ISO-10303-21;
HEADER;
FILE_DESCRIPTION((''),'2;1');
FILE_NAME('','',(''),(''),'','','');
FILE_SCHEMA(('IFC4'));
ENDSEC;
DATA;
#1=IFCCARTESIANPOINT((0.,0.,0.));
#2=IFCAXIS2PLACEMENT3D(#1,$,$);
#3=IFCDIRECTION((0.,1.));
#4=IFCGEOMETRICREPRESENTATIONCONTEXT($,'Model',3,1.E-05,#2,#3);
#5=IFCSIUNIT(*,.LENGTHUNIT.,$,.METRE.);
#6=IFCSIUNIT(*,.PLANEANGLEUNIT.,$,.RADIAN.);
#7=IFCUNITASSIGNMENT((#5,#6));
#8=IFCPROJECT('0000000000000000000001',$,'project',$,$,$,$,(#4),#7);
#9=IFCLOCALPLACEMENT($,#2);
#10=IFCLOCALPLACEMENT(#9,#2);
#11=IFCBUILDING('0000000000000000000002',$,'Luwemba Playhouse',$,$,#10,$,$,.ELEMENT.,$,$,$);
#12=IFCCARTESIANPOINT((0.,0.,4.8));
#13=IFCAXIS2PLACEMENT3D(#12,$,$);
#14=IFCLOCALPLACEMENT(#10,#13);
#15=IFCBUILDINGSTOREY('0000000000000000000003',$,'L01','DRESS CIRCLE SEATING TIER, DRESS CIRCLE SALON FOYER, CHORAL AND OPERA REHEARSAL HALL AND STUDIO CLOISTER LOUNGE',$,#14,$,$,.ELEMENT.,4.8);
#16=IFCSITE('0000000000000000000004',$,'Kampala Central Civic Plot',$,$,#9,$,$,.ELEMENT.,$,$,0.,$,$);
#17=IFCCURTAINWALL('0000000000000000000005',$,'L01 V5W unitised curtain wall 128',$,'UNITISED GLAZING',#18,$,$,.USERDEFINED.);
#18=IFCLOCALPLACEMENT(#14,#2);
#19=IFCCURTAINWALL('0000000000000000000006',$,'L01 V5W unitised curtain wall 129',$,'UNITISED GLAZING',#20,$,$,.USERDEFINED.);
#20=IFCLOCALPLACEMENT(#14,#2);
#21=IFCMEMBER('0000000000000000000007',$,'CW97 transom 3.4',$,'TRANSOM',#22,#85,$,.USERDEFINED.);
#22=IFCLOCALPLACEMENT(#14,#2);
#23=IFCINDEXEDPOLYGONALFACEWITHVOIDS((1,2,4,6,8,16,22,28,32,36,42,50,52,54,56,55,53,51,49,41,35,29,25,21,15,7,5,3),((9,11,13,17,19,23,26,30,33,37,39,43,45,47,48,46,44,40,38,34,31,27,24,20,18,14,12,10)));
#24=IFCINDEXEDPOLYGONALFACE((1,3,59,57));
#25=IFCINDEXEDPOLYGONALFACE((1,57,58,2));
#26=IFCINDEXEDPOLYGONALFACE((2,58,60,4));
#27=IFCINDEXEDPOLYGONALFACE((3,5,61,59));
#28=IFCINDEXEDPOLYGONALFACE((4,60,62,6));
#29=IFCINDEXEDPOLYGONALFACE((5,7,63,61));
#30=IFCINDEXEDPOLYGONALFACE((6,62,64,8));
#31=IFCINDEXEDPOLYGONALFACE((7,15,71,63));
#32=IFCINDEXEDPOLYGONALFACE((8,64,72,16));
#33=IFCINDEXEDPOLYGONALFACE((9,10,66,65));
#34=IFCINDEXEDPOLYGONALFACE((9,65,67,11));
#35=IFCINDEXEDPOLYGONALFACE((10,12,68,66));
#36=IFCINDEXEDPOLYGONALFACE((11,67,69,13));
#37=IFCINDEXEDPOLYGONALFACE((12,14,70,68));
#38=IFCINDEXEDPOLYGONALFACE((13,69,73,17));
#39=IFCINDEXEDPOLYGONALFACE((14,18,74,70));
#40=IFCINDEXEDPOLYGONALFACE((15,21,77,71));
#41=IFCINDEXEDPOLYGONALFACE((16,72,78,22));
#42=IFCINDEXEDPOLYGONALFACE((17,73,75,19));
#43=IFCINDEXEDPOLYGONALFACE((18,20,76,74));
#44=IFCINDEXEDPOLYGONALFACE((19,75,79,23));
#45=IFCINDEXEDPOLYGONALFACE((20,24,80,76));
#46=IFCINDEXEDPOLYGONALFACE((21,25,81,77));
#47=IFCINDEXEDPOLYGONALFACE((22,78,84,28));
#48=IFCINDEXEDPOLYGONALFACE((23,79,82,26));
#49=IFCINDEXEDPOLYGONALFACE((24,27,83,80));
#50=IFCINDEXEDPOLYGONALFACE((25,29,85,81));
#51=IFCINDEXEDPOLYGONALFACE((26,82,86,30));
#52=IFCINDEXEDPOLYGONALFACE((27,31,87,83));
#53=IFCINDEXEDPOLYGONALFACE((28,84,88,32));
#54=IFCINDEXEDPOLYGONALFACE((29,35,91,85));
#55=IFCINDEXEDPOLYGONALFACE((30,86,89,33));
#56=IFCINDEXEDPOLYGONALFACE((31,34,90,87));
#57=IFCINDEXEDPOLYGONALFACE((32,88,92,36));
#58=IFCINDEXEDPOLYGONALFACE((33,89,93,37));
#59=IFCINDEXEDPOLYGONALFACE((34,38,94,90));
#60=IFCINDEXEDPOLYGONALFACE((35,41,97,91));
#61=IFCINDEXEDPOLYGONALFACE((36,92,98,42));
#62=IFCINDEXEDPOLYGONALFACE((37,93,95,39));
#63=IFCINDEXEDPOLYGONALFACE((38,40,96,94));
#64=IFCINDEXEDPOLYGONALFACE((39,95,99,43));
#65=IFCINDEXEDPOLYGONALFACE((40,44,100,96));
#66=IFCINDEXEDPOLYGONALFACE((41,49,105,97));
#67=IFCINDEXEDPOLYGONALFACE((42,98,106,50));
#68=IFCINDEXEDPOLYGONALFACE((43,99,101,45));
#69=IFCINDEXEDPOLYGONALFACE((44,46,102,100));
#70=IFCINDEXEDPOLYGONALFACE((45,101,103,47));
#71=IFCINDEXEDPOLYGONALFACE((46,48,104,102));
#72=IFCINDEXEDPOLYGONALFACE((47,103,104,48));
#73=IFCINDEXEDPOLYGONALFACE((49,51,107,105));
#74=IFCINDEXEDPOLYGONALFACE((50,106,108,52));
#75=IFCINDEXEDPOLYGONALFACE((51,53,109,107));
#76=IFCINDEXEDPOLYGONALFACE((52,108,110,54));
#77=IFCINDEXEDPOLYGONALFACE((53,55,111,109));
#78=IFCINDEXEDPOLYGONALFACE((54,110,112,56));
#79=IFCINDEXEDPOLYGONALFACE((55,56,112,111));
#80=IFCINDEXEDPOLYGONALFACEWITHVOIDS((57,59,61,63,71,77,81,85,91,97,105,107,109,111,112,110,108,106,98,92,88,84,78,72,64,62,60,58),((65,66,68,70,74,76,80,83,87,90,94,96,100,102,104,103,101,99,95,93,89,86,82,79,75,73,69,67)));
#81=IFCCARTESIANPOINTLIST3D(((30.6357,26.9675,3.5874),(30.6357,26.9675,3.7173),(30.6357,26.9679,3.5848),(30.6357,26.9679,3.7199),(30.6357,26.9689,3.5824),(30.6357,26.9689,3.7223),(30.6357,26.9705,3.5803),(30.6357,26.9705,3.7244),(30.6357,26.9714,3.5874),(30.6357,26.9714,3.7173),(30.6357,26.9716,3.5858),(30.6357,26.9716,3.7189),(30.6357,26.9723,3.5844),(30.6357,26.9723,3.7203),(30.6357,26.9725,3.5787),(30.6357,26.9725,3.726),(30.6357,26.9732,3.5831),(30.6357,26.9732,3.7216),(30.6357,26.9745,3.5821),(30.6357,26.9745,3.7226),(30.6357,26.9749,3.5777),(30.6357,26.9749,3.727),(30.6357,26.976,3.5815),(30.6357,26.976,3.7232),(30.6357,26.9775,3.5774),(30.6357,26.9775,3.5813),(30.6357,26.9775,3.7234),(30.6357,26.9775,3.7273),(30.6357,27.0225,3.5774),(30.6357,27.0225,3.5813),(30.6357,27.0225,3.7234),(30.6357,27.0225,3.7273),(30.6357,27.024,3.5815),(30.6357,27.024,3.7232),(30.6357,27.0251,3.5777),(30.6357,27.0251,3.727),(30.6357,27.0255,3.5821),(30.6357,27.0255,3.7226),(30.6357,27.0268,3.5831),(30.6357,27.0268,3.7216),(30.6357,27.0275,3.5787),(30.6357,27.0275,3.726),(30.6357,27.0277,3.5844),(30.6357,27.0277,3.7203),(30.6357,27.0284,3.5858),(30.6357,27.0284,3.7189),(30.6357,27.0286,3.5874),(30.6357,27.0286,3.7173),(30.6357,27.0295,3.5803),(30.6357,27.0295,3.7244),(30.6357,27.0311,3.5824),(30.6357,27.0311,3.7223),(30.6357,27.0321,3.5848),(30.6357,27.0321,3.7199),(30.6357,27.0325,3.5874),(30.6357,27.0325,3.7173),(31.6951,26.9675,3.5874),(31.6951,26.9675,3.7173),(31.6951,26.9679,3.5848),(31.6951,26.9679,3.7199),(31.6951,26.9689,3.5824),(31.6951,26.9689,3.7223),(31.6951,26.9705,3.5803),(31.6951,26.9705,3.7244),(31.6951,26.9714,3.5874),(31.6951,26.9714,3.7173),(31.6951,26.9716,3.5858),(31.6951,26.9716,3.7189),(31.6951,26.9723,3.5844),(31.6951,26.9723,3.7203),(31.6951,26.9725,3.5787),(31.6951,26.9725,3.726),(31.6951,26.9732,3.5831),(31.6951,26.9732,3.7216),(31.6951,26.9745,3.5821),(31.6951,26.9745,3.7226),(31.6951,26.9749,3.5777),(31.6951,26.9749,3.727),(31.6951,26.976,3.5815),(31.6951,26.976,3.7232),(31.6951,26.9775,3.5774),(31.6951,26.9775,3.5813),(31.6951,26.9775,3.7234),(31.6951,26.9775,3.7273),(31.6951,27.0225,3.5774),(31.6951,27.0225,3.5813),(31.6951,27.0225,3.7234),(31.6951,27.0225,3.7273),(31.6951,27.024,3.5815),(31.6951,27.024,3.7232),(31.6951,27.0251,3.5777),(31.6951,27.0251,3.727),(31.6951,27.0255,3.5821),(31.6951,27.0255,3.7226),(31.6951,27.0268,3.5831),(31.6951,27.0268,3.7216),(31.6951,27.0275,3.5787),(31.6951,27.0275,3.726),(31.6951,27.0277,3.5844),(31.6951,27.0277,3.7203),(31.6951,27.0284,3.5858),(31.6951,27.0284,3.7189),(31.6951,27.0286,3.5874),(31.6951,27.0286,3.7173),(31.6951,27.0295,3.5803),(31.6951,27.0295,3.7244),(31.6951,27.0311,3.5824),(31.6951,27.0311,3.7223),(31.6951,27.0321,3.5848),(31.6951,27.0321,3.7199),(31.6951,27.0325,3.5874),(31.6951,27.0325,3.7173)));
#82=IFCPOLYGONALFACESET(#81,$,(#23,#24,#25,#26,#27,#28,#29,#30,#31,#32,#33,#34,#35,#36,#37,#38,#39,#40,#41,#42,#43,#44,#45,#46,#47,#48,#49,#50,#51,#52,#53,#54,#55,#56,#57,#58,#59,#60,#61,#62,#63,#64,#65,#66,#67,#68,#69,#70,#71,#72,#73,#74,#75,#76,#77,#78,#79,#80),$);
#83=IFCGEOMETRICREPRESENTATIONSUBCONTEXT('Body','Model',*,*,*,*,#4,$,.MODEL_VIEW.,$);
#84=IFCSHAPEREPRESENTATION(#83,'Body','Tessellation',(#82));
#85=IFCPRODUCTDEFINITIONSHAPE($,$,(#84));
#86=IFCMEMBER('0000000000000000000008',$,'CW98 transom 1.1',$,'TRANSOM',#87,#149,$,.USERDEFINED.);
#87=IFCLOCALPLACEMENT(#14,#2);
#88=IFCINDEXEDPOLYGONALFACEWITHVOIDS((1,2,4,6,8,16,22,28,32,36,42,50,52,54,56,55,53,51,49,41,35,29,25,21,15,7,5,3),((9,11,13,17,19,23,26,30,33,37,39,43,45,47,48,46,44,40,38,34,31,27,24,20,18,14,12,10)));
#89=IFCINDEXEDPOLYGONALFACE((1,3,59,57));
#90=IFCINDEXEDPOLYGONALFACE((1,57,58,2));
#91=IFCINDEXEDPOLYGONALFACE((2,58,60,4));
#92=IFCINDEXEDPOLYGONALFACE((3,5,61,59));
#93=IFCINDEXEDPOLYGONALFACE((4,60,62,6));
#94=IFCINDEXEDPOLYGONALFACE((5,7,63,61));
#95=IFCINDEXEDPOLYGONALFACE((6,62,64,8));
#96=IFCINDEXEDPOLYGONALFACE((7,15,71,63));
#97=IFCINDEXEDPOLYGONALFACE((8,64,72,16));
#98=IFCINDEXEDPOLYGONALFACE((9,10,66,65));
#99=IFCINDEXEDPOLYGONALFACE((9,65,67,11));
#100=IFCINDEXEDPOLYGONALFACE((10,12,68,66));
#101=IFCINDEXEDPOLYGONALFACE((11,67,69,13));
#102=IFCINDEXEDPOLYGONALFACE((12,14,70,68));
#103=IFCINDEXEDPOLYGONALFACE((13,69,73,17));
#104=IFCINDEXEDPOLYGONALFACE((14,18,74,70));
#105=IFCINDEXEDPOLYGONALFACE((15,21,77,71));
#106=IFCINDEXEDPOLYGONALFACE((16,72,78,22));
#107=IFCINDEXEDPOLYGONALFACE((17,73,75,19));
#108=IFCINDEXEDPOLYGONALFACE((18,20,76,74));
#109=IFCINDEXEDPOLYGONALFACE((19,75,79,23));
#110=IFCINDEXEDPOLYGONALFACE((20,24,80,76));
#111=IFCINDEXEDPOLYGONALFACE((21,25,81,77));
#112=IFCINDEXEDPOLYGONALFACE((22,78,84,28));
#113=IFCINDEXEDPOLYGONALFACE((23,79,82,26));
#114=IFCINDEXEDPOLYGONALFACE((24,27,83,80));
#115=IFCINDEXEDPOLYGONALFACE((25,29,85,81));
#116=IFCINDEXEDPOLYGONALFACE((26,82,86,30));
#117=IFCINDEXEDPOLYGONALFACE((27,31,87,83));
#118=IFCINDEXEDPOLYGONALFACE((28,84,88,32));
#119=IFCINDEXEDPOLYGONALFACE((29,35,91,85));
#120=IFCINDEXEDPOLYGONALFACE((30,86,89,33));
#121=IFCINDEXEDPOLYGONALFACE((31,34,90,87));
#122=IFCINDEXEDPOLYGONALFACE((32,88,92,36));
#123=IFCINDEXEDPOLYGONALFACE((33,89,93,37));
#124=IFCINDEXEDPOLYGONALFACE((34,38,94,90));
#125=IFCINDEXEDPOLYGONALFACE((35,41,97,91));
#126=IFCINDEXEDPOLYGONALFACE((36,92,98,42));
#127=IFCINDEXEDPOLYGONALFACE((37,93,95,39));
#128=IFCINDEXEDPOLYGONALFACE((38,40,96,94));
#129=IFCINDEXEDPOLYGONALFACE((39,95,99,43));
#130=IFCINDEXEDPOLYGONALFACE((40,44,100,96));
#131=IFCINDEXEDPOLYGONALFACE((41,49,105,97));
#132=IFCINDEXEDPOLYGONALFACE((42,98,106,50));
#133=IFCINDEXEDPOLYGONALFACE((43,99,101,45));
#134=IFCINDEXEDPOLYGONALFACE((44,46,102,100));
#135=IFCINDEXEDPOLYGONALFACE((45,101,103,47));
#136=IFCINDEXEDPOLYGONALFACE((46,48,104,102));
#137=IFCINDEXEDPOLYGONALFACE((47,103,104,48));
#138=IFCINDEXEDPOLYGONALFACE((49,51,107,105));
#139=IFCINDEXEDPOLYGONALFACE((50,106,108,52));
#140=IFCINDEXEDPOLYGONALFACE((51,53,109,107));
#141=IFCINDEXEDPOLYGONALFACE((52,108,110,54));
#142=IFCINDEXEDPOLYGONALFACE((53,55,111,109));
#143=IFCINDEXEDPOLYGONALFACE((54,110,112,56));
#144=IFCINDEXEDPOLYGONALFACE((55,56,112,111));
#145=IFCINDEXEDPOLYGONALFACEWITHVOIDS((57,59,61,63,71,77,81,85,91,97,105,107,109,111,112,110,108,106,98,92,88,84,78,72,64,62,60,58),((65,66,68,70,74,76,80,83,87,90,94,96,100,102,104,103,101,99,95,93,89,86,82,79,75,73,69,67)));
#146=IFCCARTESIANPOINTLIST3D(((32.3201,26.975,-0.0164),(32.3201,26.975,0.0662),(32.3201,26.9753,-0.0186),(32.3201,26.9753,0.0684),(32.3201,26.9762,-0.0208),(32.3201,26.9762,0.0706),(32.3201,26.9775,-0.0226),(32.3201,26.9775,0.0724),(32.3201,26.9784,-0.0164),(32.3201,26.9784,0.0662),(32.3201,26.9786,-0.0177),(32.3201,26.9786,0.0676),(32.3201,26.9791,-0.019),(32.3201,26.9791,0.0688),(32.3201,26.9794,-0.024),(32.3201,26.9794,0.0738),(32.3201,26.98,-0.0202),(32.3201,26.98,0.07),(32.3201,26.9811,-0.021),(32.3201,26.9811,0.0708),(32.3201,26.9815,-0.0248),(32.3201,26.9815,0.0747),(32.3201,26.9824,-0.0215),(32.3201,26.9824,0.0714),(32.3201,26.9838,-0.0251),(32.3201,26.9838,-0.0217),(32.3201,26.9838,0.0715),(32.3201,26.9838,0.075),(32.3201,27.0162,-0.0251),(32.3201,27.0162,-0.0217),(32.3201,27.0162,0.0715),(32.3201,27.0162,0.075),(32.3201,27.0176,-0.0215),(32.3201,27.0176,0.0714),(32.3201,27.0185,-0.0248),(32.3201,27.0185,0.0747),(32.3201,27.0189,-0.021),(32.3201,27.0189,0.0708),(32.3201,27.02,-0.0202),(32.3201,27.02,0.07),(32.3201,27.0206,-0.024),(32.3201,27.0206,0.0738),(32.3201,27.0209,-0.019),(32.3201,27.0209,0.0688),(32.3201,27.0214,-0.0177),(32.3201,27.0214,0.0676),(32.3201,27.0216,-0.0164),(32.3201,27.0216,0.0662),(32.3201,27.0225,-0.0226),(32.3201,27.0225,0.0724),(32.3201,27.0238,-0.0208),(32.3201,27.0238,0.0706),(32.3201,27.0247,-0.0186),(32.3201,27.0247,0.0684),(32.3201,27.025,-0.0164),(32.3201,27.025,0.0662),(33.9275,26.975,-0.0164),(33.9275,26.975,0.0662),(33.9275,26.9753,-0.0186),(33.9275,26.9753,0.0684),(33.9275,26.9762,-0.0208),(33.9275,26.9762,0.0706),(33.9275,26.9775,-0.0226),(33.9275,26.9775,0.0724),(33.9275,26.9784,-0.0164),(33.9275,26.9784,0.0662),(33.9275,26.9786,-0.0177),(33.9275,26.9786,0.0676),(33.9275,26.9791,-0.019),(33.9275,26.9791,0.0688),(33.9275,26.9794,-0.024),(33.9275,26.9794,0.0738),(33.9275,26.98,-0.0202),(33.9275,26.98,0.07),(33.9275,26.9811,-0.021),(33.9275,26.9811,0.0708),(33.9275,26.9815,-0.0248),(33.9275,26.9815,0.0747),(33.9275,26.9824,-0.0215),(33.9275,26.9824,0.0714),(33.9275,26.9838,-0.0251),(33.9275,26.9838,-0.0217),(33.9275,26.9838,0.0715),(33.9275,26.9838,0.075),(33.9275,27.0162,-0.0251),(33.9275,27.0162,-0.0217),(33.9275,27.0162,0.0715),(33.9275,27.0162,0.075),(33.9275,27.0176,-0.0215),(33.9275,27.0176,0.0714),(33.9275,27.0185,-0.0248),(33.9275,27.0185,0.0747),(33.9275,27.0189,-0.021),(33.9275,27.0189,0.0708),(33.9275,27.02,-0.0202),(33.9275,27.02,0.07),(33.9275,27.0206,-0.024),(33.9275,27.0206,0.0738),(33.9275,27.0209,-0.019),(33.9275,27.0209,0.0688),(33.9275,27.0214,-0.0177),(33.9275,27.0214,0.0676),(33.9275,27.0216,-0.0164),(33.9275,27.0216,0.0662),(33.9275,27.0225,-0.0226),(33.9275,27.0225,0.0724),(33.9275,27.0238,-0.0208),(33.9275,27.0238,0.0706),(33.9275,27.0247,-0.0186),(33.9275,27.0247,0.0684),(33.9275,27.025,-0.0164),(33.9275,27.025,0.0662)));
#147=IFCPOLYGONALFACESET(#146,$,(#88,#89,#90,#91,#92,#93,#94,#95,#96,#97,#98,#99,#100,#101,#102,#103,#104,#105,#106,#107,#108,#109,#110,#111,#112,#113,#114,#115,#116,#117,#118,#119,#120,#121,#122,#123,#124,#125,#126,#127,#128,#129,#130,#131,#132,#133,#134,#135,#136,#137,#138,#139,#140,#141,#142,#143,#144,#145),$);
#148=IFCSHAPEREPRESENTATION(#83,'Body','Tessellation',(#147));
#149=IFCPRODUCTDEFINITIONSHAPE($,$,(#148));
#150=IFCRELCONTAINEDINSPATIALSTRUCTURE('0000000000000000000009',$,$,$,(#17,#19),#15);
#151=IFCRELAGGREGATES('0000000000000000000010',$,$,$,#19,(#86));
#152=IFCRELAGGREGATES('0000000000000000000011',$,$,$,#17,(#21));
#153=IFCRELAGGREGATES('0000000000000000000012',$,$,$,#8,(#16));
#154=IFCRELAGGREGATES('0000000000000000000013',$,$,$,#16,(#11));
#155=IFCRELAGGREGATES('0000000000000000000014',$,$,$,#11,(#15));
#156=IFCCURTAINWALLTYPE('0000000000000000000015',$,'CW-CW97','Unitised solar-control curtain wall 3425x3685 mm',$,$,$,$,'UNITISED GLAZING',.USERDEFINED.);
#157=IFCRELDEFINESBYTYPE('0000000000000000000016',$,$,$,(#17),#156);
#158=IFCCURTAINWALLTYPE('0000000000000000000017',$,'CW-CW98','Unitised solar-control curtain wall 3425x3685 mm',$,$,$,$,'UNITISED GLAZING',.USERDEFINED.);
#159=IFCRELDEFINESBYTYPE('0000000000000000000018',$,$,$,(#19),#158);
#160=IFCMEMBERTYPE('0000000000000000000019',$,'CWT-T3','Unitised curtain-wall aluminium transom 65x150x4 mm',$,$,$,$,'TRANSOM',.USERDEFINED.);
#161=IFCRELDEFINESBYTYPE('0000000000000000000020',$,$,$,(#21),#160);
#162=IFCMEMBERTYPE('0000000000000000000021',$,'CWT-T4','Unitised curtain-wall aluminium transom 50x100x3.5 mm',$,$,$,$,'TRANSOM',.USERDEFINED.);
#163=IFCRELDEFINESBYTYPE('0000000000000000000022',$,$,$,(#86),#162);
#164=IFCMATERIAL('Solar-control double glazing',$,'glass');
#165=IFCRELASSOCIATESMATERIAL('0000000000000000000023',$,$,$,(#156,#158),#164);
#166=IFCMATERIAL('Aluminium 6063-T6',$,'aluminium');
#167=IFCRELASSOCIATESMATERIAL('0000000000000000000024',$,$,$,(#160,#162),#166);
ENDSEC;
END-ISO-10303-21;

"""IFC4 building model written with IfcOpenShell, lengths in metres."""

from ifc_helpers import new_model, si_unit, direction, frame, origin, origin_2d, place, context, subcontext, project, spatial, hollow_rectangle, extrude, material, material_profile, profile_set, type_object, element, aggregate, save


model = new_model("IFC4")

# Units and contexts
model_context = context("Model", 3, precision=1e-05, world=origin(), true_north=direction((0.0, 1.0)))
body_context = subcontext(model_context, "Body", "Model", "MODEL_VIEW")
ifc_project = project(units=[si_unit("LENGTHUNIT", "METRE"), si_unit("PLANEANGLEUNIT", "RADIAN")], contexts=[model_context])

# Site, building, storey
site_placement = place(None, origin())
site = spatial("IfcSite", under=ifc_project, at=site_placement, Name="Kampala Central Civic Plot", CompositionType="ELEMENT", RefElevation=0.0)
building_placement = place(site_placement, origin())
building = spatial("IfcBuilding", under=site, at=building_placement, Name="Luwemba Playhouse", CompositionType="ELEMENT")
storey_placement = place(building_placement, frame((0.0, 0.0, 4.8)))
storey = spatial("IfcBuildingStorey", under=building, at=storey_placement, Name="L01", Description="DRESS CIRCLE SEATING TIER, DRESS CIRCLE SALON FOYER, CHORAL AND OPERA REHEARSAL HALL AND STUDIO CLOISTER LOUNGE", CompositionType="ELEMENT", Elevation=4.8)

# Curtain wall
ifc_material_1 = material(Name="Solar-control double glazing", Category="glass")
curtain_wall_type_1 = type_object("IfcCurtainWallType", Name="CW-CW97", Description="Unitised solar-control curtain wall 3425x3685 mm", ElementType="UNITISED GLAZING", PredefinedType="USERDEFINED", material=ifc_material_1)
curtain_wall_1_placement = place(storey_placement, origin())
curtain_wall_1 = element("IfcCurtainWall", 1, at=curtain_wall_1_placement, inside=storey, type_object=curtain_wall_type_1, Name="L01 V5W unitised curtain wall 128", ObjectType="UNITISED GLAZING", PredefinedType="USERDEFINED")
ifc_material_2 = material(Name="Aluminium 6063-T6", Category="aluminium")

# Curtain wall
curtain_wall_type_2 = type_object("IfcCurtainWallType", Name="CW-CW98", Description="Unitised solar-control curtain wall 3425x3685 mm", ElementType="UNITISED GLAZING", PredefinedType="USERDEFINED", material=ifc_material_1)
curtain_wall_2_placement = place(storey_placement, origin())
curtain_wall_2 = element("IfcCurtainWall", 2, at=curtain_wall_2_placement, inside=storey, type_object=curtain_wall_type_2, Name="L01 V5W unitised curtain wall 129", ObjectType="UNITISED GLAZING", PredefinedType="USERDEFINED")

# Members
ifc_material_profile_1 = material_profile(ifc_material_2, hollow_rectangle(XDim=0.0649, YDim=0.1499, WallThickness=0.0039, InnerFilletRadius=0.0061, OuterFilletRadius=0.01, at=origin_2d()))
ifc_profile_set_1 = profile_set([ifc_material_profile_1], Name="Aluminium 6063-T6")
member_type_1 = type_object("IfcMemberType", Name="CWT-T3", Description="Unitised curtain-wall aluminium transom 65x150x4 mm", ElementType="TRANSOM", PredefinedType="USERDEFINED", material=ifc_profile_set_1)
member_1_placement = place(storey_placement, frame((30.6357, 27.0, 3.6523), z_axis=(1.0, 0.0, 0.0), x_axis=(0.0, 1.0, 0.0)))
member_1 = element("IfcMember", 3, at=member_1_placement, type_object=member_type_1, Name="CW97 transom 3.4", ObjectType="TRANSOM", PredefinedType="USERDEFINED", context=body_context, shape_type="SweptSolid", body=[
    extrude(hollow_rectangle(XDim=0.0649, YDim=0.1499, WallThickness=0.0039, InnerFilletRadius=0.0061, OuterFilletRadius=0.01, at=origin_2d()), origin(), (0.0, 0.0, 1.0), 1.0593),
])
ifc_material_profile_2 = material_profile(ifc_material_2, hollow_rectangle(XDim=0.05, YDim=0.1001, WallThickness=0.0034, InnerFilletRadius=0.0054, OuterFilletRadius=0.0088, at=origin_2d()))
ifc_profile_set_2 = profile_set([ifc_material_profile_2], Name="Aluminium 6063-T6")
member_type_2 = type_object("IfcMemberType", Name="CWT-T4", Description="Unitised curtain-wall aluminium transom 50x100x3.5 mm", ElementType="TRANSOM", PredefinedType="USERDEFINED", material=ifc_profile_set_2)
member_2_placement = place(storey_placement, frame((32.3201, 27.0, 0.0249), z_axis=(1.0, 0.0, 0.0), x_axis=(0.0, 1.0, 0.0)))
member_2 = element("IfcMember", 4, at=member_2_placement, type_object=member_type_2, Name="CW98 transom 1.1", ObjectType="TRANSOM", PredefinedType="USERDEFINED", context=body_context, shape_type="SweptSolid", body=[
    extrude(hollow_rectangle(XDim=0.05, YDim=0.1001, WallThickness=0.0034, InnerFilletRadius=0.0054, OuterFilletRadius=0.0088, at=origin_2d()), origin(), (0.0, 0.0, 1.0), 1.6074),
])
aggregate(curtain_wall_2, [member_2])

aggregate(curtain_wall_1, [member_1])

save(model, "model.ifc")
